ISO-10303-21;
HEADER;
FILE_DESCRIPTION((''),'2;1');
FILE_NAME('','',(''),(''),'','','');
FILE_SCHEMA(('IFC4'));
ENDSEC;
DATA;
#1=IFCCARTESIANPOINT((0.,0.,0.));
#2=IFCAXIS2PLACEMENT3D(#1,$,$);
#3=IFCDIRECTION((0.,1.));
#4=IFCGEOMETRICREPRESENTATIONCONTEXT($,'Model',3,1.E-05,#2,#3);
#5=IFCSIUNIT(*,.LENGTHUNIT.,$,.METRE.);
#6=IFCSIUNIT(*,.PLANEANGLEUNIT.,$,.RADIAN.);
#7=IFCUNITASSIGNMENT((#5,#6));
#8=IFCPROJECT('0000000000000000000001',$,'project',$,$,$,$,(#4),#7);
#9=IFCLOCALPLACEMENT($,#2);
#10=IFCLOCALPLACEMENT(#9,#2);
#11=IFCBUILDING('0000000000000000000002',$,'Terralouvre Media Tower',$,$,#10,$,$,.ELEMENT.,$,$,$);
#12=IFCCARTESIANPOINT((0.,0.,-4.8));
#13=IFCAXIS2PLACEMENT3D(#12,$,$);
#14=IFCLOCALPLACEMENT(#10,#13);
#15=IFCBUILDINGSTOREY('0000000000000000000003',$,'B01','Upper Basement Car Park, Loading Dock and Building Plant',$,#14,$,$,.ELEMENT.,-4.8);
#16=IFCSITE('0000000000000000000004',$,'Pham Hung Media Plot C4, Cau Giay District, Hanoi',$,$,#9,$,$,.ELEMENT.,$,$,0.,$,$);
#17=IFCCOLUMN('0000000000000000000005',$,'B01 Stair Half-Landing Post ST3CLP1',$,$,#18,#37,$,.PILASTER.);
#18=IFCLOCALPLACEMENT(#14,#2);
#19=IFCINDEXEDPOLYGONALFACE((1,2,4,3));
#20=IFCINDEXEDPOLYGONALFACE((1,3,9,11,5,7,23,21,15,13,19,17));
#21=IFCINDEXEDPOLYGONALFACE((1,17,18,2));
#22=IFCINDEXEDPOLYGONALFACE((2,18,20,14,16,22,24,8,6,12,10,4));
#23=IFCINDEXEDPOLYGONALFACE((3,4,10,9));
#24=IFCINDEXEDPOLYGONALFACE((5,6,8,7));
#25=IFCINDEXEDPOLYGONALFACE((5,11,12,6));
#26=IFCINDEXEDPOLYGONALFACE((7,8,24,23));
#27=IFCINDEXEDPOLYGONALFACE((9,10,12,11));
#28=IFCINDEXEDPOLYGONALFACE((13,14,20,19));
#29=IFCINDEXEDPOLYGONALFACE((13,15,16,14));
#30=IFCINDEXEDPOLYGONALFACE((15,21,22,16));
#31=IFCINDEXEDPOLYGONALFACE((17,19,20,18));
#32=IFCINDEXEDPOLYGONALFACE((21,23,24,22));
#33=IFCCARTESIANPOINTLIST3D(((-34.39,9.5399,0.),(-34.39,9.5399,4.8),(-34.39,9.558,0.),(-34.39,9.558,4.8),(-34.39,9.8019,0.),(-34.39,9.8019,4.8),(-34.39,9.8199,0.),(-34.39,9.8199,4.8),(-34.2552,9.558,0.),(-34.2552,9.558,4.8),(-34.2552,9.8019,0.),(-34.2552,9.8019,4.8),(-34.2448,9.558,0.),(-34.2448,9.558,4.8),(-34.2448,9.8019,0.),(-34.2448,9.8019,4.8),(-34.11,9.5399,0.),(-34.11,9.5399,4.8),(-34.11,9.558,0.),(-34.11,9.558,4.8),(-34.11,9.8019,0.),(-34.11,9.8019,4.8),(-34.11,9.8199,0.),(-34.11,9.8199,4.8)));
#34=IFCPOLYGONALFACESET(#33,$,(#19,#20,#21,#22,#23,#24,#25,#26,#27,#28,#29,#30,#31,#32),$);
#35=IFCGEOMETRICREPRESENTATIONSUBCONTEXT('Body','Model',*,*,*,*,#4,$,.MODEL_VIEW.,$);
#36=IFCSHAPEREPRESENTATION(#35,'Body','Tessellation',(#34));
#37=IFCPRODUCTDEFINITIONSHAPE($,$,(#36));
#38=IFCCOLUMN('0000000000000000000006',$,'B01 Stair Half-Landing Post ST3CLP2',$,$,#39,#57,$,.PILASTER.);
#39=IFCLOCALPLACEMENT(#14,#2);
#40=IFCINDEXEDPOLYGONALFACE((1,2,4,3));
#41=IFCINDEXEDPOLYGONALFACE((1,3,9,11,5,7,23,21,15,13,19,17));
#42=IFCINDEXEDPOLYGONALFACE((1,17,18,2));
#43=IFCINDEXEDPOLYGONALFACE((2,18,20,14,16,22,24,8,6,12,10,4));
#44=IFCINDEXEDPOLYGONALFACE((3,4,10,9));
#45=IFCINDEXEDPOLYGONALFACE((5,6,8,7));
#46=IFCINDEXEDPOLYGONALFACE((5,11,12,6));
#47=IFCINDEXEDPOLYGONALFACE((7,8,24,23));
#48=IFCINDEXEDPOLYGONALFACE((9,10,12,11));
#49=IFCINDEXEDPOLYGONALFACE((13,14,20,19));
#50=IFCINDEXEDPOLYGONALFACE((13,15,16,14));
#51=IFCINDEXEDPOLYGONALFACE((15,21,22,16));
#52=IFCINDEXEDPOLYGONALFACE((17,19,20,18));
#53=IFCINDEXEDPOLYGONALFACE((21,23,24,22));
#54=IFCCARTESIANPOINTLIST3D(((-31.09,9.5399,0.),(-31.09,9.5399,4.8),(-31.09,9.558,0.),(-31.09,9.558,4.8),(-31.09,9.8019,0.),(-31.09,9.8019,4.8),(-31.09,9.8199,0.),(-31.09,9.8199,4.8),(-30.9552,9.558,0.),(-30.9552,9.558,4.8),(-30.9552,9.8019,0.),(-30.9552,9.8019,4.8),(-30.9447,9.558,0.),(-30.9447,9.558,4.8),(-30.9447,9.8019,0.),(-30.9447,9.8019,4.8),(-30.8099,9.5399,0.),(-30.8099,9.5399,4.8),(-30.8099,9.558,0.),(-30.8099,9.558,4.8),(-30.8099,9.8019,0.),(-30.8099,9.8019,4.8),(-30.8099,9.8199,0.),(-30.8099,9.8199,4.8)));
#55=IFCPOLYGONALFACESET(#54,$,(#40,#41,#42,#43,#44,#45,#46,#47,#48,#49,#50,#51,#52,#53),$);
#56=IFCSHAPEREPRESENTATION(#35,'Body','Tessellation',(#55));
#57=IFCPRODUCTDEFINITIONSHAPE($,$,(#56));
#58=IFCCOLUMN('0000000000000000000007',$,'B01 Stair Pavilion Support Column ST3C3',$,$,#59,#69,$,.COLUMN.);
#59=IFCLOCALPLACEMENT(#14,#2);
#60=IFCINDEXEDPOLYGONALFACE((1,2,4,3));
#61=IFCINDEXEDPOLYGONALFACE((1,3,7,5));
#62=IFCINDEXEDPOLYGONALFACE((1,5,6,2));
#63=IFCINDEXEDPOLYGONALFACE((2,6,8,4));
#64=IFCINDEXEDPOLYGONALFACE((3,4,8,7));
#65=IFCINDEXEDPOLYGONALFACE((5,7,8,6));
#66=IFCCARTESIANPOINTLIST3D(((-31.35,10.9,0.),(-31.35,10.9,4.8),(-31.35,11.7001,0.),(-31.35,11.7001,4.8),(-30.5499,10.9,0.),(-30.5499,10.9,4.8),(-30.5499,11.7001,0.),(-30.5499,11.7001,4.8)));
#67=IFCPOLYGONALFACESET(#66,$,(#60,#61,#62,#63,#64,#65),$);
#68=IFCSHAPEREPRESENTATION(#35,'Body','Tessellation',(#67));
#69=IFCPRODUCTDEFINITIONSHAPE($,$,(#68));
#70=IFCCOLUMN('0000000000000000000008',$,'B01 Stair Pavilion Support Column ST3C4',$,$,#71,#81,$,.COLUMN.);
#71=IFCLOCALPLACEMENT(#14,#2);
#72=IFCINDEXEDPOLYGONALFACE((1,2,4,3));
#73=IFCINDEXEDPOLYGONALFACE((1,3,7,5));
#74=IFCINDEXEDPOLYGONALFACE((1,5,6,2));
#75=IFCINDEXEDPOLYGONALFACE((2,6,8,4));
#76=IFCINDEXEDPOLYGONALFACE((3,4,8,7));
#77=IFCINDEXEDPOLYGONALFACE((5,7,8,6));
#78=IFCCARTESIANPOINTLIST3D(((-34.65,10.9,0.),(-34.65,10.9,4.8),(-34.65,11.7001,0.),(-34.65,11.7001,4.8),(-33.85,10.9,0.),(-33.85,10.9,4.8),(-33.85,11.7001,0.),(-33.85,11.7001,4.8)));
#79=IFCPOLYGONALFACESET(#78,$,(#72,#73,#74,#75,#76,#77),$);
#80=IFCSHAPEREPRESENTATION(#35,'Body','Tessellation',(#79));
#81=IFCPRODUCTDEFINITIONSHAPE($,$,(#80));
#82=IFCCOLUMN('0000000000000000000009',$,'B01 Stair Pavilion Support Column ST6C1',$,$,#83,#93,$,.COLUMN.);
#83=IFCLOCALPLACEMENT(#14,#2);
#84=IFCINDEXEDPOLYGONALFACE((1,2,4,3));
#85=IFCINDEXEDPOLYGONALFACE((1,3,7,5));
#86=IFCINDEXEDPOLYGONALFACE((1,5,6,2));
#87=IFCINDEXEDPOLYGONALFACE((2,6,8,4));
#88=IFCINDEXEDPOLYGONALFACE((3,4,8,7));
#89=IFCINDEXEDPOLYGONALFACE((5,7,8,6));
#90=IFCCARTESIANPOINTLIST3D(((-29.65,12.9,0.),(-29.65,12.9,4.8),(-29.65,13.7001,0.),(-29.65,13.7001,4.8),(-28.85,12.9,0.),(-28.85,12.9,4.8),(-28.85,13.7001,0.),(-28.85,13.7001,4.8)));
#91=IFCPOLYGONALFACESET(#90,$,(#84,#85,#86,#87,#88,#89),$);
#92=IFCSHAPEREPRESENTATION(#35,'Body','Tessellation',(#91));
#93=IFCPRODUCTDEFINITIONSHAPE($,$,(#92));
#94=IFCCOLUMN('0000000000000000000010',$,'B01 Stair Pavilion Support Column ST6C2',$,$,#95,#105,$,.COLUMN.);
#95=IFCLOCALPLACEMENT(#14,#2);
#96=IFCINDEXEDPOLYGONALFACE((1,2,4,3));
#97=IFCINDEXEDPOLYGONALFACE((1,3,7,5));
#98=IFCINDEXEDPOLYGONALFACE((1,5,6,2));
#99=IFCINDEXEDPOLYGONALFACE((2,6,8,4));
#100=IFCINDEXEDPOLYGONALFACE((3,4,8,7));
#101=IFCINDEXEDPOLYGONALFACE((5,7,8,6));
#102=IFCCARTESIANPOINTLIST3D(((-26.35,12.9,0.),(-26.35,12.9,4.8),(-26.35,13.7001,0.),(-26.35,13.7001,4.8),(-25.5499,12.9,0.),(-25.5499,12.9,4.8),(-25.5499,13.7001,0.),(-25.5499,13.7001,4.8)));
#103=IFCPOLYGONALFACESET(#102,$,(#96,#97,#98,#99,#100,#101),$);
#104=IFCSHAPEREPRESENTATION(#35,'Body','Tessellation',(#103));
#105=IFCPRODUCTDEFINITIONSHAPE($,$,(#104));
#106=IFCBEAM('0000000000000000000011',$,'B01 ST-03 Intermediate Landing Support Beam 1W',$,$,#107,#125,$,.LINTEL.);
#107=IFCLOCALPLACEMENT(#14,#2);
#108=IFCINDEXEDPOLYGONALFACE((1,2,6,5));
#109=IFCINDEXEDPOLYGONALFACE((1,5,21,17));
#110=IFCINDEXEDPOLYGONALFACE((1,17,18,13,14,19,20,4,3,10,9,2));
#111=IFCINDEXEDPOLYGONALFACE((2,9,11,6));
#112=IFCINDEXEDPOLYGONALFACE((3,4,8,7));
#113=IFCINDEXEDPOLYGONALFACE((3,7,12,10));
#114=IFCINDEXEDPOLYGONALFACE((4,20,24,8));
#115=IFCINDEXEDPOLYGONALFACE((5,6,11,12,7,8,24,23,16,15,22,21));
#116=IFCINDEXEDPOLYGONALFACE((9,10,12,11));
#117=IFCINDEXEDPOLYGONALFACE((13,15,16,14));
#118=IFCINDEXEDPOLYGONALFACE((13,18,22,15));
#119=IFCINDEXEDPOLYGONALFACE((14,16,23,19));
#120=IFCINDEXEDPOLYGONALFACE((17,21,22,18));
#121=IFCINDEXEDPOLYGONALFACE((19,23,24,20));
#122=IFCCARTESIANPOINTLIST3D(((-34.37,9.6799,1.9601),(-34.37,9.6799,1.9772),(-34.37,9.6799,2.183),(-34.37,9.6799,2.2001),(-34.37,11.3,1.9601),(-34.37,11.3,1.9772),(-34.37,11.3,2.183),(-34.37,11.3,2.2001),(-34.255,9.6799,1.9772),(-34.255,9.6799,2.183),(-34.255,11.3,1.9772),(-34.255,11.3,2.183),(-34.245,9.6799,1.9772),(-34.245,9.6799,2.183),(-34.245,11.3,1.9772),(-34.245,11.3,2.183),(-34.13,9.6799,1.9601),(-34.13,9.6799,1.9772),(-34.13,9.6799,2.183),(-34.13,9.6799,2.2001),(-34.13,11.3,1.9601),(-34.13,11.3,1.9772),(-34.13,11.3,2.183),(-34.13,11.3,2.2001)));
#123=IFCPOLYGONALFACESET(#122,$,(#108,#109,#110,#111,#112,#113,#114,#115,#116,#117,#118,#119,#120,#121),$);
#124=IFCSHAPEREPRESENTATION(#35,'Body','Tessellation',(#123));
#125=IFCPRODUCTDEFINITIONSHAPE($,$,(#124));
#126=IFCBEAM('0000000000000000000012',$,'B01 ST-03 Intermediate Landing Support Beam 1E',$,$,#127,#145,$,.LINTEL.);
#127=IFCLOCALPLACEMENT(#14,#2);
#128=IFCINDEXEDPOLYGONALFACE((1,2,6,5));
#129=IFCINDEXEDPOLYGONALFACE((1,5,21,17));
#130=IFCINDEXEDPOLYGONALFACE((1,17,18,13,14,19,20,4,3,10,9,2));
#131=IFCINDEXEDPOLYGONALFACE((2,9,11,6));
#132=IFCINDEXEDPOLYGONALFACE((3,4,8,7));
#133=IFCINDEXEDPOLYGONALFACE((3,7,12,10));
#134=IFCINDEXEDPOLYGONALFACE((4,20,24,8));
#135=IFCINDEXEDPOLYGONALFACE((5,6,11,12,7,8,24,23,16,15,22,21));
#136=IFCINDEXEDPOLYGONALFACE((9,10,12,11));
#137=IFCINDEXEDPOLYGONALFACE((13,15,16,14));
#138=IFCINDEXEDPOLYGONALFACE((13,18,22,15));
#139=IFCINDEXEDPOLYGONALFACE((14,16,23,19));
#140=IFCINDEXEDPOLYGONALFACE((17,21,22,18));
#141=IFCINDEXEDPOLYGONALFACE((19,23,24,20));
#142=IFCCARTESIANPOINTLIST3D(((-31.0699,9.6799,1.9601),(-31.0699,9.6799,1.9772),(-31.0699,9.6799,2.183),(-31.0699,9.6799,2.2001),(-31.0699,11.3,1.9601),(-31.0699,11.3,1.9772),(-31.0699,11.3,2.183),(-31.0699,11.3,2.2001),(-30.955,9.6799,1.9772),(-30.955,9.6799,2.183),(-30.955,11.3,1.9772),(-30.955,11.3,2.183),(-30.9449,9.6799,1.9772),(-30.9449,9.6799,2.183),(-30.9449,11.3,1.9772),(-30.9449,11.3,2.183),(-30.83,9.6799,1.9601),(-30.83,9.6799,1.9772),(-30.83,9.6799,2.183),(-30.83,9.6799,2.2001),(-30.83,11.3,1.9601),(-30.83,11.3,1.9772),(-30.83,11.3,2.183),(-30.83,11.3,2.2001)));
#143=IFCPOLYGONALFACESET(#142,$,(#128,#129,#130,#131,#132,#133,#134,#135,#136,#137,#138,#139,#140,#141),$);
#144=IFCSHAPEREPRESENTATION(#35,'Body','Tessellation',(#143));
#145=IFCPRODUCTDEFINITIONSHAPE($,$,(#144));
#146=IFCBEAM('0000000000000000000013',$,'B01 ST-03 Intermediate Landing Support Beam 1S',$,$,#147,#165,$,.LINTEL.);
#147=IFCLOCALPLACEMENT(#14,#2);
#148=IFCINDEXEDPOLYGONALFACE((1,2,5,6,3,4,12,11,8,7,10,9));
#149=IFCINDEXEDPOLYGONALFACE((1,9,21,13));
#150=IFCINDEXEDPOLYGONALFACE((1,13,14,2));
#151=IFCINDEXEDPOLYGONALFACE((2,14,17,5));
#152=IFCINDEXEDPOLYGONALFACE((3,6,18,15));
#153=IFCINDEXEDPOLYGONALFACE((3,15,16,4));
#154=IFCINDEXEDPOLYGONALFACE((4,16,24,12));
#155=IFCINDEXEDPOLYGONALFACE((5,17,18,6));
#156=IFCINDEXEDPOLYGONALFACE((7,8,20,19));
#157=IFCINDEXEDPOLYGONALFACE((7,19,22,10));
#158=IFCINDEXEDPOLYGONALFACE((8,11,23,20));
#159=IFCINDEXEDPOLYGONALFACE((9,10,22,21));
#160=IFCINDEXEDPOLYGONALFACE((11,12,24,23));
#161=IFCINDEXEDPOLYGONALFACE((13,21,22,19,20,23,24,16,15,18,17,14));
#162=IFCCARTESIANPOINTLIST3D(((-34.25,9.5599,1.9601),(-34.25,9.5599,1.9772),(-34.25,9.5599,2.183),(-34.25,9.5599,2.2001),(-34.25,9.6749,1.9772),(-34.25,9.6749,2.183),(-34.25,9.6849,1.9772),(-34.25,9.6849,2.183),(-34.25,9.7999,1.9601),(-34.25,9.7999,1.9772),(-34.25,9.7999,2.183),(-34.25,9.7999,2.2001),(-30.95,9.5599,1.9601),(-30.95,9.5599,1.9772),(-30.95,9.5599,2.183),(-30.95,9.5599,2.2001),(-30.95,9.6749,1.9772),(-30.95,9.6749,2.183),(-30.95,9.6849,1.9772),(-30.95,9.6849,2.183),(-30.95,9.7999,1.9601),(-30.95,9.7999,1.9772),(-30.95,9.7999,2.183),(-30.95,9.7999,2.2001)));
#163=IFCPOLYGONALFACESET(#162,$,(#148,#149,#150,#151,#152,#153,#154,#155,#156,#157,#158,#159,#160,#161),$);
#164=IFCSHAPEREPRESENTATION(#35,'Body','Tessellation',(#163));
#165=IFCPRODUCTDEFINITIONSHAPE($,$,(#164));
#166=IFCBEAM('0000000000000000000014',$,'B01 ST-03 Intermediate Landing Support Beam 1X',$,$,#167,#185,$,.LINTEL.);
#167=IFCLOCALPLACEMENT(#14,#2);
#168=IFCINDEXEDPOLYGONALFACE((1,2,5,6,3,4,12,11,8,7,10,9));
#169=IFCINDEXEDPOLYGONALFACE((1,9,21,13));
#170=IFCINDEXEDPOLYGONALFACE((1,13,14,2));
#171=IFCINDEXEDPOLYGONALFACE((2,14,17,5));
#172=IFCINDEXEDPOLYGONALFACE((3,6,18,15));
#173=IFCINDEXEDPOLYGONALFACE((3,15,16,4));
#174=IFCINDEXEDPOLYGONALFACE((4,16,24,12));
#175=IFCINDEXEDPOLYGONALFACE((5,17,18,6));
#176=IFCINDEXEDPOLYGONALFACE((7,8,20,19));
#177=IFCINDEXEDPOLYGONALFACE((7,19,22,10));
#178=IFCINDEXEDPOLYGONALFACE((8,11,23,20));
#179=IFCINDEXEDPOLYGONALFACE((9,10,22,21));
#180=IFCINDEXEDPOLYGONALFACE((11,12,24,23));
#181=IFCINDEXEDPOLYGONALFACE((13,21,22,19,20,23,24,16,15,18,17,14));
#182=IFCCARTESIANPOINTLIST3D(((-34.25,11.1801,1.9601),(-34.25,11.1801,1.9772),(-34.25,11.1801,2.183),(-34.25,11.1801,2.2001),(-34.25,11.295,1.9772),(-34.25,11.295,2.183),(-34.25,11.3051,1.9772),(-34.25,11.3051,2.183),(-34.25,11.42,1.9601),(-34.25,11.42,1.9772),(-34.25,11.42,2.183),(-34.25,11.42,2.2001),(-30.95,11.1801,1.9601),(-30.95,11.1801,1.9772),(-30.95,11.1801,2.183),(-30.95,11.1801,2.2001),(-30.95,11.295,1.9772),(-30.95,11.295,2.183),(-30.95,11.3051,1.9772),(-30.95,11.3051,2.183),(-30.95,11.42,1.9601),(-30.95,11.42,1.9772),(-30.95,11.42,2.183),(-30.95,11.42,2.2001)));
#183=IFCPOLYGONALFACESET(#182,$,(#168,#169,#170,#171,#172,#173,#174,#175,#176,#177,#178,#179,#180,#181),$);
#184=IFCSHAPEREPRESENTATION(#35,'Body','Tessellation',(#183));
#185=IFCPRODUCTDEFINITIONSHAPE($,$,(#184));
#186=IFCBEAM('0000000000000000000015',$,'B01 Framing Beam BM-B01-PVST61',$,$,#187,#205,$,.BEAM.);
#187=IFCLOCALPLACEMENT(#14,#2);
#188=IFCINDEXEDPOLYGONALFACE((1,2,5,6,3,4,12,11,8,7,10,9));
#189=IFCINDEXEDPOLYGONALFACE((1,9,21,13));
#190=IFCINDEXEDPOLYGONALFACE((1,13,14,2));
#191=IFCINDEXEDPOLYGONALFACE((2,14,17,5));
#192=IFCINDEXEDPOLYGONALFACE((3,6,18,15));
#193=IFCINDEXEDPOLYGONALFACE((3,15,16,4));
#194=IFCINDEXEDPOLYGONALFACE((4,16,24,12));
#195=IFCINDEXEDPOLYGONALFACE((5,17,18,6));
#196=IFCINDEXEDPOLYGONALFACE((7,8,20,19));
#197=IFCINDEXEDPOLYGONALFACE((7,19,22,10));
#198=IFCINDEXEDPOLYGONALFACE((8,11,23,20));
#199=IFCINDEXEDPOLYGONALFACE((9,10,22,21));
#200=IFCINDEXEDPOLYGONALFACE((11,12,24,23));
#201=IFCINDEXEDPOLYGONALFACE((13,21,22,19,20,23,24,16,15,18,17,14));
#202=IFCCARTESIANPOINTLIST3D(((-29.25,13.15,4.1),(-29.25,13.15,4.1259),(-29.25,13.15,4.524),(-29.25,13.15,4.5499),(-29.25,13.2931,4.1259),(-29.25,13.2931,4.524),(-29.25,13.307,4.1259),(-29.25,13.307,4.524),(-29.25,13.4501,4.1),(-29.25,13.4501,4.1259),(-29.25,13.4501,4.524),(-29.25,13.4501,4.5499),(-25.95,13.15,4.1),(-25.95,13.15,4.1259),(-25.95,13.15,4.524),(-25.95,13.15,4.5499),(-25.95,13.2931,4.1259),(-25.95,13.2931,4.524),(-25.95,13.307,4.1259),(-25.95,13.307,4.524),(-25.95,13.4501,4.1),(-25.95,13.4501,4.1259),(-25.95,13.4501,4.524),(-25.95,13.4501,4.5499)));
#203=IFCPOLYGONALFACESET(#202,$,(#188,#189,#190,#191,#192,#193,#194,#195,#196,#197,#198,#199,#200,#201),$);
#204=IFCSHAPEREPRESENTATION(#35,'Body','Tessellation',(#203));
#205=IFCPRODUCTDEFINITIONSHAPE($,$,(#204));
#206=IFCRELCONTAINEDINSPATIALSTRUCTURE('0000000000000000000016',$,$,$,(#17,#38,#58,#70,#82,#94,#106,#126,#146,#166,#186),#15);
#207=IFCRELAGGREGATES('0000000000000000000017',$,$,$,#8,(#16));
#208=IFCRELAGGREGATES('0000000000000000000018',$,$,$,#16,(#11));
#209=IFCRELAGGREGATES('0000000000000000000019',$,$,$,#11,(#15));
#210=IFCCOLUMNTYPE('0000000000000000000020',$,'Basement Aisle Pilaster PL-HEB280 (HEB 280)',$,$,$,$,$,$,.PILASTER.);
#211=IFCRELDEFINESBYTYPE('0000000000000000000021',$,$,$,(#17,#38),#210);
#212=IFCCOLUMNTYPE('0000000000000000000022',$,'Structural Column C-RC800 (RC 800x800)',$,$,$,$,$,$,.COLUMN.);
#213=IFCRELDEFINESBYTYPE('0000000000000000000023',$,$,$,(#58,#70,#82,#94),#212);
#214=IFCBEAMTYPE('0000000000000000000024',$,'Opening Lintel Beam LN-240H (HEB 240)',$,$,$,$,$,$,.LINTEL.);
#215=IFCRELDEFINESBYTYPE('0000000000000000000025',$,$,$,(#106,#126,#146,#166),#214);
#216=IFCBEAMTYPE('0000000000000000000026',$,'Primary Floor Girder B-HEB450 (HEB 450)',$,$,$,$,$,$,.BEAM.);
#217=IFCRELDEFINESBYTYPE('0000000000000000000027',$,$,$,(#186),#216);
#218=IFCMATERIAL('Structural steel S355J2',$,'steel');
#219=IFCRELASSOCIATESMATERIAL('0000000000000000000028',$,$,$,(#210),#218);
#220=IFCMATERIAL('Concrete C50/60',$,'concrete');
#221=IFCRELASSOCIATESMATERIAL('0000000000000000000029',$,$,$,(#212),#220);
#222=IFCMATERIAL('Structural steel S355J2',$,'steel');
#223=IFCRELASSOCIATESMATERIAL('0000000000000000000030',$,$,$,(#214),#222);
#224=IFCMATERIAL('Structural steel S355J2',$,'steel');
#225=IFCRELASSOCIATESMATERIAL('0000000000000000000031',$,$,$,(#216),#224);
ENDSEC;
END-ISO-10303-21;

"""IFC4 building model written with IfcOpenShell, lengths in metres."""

from ifc_helpers import new_model, si_unit, direction, frame, origin, origin_2d, place, context, subcontext, project, spatial, rectangle, i_section, extrude, material, material_profile, profile_set, type_object, element, save


model = new_model("IFC4")

# Units and contexts
model_context = context("Model", 3, precision=1e-05, world=origin(), true_north=direction((0.0, 1.0)))
body_context = subcontext(model_context, "Body", "Model", "MODEL_VIEW")
ifc_project = project(units=[si_unit("LENGTHUNIT", "METRE"), si_unit("PLANEANGLEUNIT", "RADIAN")], contexts=[model_context])

# Site, building, storey
site_placement = place(None, origin())
site = spatial("IfcSite", under=ifc_project, at=site_placement, Name="Pham Hung Media Plot C4, Cau Giay District, Hanoi", CompositionType="ELEMENT", RefElevation=0.0)
building_placement = place(site_placement, origin())
building = spatial("IfcBuilding", under=site, at=building_placement, Name="Terralouvre Media Tower", CompositionType="ELEMENT")
storey_placement = place(building_placement, frame((0.0, 0.0, -4.8)))
storey = spatial("IfcBuildingStorey", under=building, at=storey_placement, Name="B01", Description="Upper Basement Car Park, Loading Dock and Building Plant", CompositionType="ELEMENT", Elevation=-4.8)

# Columns
ifc_material_1 = material(Name="Structural steel S355J2", Category="steel")
ifc_material_profile_1 = material_profile(ifc_material_1, i_section(OverallWidth=0.28, OverallDepth=0.28, WebThickness=0.0105, FlangeThickness=0.0181, at=origin_2d()), Name="HEB 280")
ifc_profile_set_1 = profile_set([ifc_material_profile_1], Name="Structural steel S355J2")
column_type_1 = type_object("IfcColumnType", Name="Basement Aisle Pilaster PL-HEB280 (HEB 280)", PredefinedType="PILASTER", material=ifc_profile_set_1)
for number, where, z_axis, x_axis, name in (
    (1, (-34.25, 9.6799, 0.0), (0.0, 0.0, 1.0), (1.0, 0.0, 0.0), "B01 Stair Half-Landing Post ST3CLP1"),
    (2, (-30.95, 9.6799, 0.0), (0.0, 0.0, 1.0), (1.0, 0.0, 0.0), "B01 Stair Half-Landing Post ST3CLP2"),
):
    element("IfcColumn", number, at=place(storey_placement, frame(where, z_axis=z_axis, x_axis=x_axis)), inside=storey, type_object=column_type_1, Name=name, PredefinedType="PILASTER", context=body_context, shape_type="SweptSolid", body=[
        extrude(i_section(OverallWidth=0.28, OverallDepth=0.28, WebThickness=0.0105, FlangeThickness=0.0181, at=origin_2d()), origin(), (0.0, 0.0, 1.0), 4.8),
    ])
ifc_material_2 = material(Name="Concrete C50/60", Category="concrete")
ifc_material_profile_2 = material_profile(ifc_material_2, rectangle(XDim=0.8, YDim=0.8, at=origin_2d()), Name="RC 800x800")
ifc_profile_set_2 = profile_set([ifc_material_profile_2], Name="Concrete C50/60")
column_type_2 = type_object("IfcColumnType", Name="Structural Column C-RC800 (RC 800x800)", PredefinedType="COLUMN", material=ifc_profile_set_2)
for number, where, z_axis, x_axis, name in (
    (3, (-30.95, 11.3, 0.0), (0.0, 0.0, 1.0), (1.0, 0.0, 0.0), "B01 Stair Pavilion Support Column ST3C3"),
    (4, (-34.25, 11.3, 0.0), (0.0, 0.0, 1.0), (1.0, 0.0, 0.0), "B01 Stair Pavilion Support Column ST3C4"),
    (5, (-29.25, 13.3, 0.0), (0.0, 0.0, 1.0), (1.0, 0.0, 0.0), "B01 Stair Pavilion Support Column ST6C1"),
    (6, (-25.95, 13.3, 0.0), (0.0, 0.0, 1.0), (1.0, 0.0, 0.0), "B01 Stair Pavilion Support Column ST6C2"),
):
    element("IfcColumn", number, at=place(storey_placement, frame(where, z_axis=z_axis, x_axis=x_axis)), inside=storey, type_object=column_type_2, Name=name, PredefinedType="COLUMN", context=body_context, shape_type="SweptSolid", body=[
        extrude(rectangle(XDim=0.8, YDim=0.8, at=origin_2d()), origin(), (0.0, 0.0, 1.0), 4.8),
    ])

# Beams
ifc_material_3 = material(Name="Structural steel S355J2", Category="steel")
ifc_material_profile_3 = material_profile(ifc_material_3, i_section(OverallWidth=0.24, OverallDepth=0.24, WebThickness=0.01, FlangeThickness=0.0171, at=origin_2d()), Name="HEB 240")
ifc_profile_set_3 = profile_set([ifc_material_profile_3], Name="Structural steel S355J2")
beam_type_1 = type_object("IfcBeamType", Name="Opening Lintel Beam LN-240H (HEB 240)", PredefinedType="LINTEL", material=ifc_profile_set_3)
for number, where, z_axis, x_axis, name in (
    (7, (-34.25, 9.6799, 2.0801), (0.0, 1.0, 0.0), (-1.0, 0.0, 0.0), "B01 ST-03 Intermediate Landing Support Beam 1W"),
    (8, (-30.95, 9.6799, 2.0801), (0.0, 1.0, 0.0), (-1.0, 0.0, 0.0), "B01 ST-03 Intermediate Landing Support Beam 1E"),
):
    element("IfcBeam", number, at=place(storey_placement, frame(where, z_axis=z_axis, x_axis=x_axis)), inside=storey, type_object=beam_type_1, Name=name, PredefinedType="LINTEL", context=body_context, shape_type="SweptSolid", body=[
        extrude(i_section(OverallWidth=0.24, OverallDepth=0.24, WebThickness=0.01, FlangeThickness=0.0171, at=origin_2d()), origin(), (0.0, 0.0, 1.0), 1.6201),
    ])
for number, where, z_axis, x_axis, name in (
    (9, (-34.25, 9.6799, 2.0801), (1.0, 0.0, 0.0), (0.0, 1.0, 0.0), "B01 ST-03 Intermediate Landing Support Beam 1S"),
    (10, (-34.25, 11.3, 2.0801), (1.0, 0.0, 0.0), (0.0, 1.0, 0.0), "B01 ST-03 Intermediate Landing Support Beam 1X"),
):
    element("IfcBeam", number, at=place(storey_placement, frame(where, z_axis=z_axis, x_axis=x_axis)), inside=storey, type_object=beam_type_1, Name=name, PredefinedType="LINTEL", context=body_context, shape_type="SweptSolid", body=[
        extrude(i_section(OverallWidth=0.24, OverallDepth=0.24, WebThickness=0.01, FlangeThickness=0.0171, at=origin_2d()), origin(), (0.0, 0.0, 1.0), 3.3),
    ])
ifc_material_4 = material(Name="Structural steel S355J2", Category="steel")
ifc_material_profile_4 = material_profile(ifc_material_4, i_section(OverallWidth=0.3, OverallDepth=0.45, WebThickness=0.0139, FlangeThickness=0.0259, at=origin_2d()), Name="HEB 450")
ifc_profile_set_4 = profile_set([ifc_material_profile_4], Name="Structural steel S355J2")
beam_type_2 = type_object("IfcBeamType", Name="Primary Floor Girder B-HEB450 (HEB 450)", PredefinedType="BEAM", material=ifc_profile_set_4)
beam_1_placement = place(storey_placement, frame((-29.25, 13.3, 4.325), z_axis=(1.0, 0.0, 0.0), x_axis=(0.0, 1.0, 0.0)))
element("IfcBeam", 11, at=beam_1_placement, inside=storey, type_object=beam_type_2, Name="B01 Framing Beam BM-B01-PVST61", PredefinedType="BEAM", context=body_context, shape_type="SweptSolid", body=[
    extrude(i_section(OverallWidth=0.3, OverallDepth=0.45, WebThickness=0.0139, FlangeThickness=0.0259, at=origin_2d()), origin(), (0.0, 0.0, 1.0), 3.3),
])

save(model, "model.ifc")
